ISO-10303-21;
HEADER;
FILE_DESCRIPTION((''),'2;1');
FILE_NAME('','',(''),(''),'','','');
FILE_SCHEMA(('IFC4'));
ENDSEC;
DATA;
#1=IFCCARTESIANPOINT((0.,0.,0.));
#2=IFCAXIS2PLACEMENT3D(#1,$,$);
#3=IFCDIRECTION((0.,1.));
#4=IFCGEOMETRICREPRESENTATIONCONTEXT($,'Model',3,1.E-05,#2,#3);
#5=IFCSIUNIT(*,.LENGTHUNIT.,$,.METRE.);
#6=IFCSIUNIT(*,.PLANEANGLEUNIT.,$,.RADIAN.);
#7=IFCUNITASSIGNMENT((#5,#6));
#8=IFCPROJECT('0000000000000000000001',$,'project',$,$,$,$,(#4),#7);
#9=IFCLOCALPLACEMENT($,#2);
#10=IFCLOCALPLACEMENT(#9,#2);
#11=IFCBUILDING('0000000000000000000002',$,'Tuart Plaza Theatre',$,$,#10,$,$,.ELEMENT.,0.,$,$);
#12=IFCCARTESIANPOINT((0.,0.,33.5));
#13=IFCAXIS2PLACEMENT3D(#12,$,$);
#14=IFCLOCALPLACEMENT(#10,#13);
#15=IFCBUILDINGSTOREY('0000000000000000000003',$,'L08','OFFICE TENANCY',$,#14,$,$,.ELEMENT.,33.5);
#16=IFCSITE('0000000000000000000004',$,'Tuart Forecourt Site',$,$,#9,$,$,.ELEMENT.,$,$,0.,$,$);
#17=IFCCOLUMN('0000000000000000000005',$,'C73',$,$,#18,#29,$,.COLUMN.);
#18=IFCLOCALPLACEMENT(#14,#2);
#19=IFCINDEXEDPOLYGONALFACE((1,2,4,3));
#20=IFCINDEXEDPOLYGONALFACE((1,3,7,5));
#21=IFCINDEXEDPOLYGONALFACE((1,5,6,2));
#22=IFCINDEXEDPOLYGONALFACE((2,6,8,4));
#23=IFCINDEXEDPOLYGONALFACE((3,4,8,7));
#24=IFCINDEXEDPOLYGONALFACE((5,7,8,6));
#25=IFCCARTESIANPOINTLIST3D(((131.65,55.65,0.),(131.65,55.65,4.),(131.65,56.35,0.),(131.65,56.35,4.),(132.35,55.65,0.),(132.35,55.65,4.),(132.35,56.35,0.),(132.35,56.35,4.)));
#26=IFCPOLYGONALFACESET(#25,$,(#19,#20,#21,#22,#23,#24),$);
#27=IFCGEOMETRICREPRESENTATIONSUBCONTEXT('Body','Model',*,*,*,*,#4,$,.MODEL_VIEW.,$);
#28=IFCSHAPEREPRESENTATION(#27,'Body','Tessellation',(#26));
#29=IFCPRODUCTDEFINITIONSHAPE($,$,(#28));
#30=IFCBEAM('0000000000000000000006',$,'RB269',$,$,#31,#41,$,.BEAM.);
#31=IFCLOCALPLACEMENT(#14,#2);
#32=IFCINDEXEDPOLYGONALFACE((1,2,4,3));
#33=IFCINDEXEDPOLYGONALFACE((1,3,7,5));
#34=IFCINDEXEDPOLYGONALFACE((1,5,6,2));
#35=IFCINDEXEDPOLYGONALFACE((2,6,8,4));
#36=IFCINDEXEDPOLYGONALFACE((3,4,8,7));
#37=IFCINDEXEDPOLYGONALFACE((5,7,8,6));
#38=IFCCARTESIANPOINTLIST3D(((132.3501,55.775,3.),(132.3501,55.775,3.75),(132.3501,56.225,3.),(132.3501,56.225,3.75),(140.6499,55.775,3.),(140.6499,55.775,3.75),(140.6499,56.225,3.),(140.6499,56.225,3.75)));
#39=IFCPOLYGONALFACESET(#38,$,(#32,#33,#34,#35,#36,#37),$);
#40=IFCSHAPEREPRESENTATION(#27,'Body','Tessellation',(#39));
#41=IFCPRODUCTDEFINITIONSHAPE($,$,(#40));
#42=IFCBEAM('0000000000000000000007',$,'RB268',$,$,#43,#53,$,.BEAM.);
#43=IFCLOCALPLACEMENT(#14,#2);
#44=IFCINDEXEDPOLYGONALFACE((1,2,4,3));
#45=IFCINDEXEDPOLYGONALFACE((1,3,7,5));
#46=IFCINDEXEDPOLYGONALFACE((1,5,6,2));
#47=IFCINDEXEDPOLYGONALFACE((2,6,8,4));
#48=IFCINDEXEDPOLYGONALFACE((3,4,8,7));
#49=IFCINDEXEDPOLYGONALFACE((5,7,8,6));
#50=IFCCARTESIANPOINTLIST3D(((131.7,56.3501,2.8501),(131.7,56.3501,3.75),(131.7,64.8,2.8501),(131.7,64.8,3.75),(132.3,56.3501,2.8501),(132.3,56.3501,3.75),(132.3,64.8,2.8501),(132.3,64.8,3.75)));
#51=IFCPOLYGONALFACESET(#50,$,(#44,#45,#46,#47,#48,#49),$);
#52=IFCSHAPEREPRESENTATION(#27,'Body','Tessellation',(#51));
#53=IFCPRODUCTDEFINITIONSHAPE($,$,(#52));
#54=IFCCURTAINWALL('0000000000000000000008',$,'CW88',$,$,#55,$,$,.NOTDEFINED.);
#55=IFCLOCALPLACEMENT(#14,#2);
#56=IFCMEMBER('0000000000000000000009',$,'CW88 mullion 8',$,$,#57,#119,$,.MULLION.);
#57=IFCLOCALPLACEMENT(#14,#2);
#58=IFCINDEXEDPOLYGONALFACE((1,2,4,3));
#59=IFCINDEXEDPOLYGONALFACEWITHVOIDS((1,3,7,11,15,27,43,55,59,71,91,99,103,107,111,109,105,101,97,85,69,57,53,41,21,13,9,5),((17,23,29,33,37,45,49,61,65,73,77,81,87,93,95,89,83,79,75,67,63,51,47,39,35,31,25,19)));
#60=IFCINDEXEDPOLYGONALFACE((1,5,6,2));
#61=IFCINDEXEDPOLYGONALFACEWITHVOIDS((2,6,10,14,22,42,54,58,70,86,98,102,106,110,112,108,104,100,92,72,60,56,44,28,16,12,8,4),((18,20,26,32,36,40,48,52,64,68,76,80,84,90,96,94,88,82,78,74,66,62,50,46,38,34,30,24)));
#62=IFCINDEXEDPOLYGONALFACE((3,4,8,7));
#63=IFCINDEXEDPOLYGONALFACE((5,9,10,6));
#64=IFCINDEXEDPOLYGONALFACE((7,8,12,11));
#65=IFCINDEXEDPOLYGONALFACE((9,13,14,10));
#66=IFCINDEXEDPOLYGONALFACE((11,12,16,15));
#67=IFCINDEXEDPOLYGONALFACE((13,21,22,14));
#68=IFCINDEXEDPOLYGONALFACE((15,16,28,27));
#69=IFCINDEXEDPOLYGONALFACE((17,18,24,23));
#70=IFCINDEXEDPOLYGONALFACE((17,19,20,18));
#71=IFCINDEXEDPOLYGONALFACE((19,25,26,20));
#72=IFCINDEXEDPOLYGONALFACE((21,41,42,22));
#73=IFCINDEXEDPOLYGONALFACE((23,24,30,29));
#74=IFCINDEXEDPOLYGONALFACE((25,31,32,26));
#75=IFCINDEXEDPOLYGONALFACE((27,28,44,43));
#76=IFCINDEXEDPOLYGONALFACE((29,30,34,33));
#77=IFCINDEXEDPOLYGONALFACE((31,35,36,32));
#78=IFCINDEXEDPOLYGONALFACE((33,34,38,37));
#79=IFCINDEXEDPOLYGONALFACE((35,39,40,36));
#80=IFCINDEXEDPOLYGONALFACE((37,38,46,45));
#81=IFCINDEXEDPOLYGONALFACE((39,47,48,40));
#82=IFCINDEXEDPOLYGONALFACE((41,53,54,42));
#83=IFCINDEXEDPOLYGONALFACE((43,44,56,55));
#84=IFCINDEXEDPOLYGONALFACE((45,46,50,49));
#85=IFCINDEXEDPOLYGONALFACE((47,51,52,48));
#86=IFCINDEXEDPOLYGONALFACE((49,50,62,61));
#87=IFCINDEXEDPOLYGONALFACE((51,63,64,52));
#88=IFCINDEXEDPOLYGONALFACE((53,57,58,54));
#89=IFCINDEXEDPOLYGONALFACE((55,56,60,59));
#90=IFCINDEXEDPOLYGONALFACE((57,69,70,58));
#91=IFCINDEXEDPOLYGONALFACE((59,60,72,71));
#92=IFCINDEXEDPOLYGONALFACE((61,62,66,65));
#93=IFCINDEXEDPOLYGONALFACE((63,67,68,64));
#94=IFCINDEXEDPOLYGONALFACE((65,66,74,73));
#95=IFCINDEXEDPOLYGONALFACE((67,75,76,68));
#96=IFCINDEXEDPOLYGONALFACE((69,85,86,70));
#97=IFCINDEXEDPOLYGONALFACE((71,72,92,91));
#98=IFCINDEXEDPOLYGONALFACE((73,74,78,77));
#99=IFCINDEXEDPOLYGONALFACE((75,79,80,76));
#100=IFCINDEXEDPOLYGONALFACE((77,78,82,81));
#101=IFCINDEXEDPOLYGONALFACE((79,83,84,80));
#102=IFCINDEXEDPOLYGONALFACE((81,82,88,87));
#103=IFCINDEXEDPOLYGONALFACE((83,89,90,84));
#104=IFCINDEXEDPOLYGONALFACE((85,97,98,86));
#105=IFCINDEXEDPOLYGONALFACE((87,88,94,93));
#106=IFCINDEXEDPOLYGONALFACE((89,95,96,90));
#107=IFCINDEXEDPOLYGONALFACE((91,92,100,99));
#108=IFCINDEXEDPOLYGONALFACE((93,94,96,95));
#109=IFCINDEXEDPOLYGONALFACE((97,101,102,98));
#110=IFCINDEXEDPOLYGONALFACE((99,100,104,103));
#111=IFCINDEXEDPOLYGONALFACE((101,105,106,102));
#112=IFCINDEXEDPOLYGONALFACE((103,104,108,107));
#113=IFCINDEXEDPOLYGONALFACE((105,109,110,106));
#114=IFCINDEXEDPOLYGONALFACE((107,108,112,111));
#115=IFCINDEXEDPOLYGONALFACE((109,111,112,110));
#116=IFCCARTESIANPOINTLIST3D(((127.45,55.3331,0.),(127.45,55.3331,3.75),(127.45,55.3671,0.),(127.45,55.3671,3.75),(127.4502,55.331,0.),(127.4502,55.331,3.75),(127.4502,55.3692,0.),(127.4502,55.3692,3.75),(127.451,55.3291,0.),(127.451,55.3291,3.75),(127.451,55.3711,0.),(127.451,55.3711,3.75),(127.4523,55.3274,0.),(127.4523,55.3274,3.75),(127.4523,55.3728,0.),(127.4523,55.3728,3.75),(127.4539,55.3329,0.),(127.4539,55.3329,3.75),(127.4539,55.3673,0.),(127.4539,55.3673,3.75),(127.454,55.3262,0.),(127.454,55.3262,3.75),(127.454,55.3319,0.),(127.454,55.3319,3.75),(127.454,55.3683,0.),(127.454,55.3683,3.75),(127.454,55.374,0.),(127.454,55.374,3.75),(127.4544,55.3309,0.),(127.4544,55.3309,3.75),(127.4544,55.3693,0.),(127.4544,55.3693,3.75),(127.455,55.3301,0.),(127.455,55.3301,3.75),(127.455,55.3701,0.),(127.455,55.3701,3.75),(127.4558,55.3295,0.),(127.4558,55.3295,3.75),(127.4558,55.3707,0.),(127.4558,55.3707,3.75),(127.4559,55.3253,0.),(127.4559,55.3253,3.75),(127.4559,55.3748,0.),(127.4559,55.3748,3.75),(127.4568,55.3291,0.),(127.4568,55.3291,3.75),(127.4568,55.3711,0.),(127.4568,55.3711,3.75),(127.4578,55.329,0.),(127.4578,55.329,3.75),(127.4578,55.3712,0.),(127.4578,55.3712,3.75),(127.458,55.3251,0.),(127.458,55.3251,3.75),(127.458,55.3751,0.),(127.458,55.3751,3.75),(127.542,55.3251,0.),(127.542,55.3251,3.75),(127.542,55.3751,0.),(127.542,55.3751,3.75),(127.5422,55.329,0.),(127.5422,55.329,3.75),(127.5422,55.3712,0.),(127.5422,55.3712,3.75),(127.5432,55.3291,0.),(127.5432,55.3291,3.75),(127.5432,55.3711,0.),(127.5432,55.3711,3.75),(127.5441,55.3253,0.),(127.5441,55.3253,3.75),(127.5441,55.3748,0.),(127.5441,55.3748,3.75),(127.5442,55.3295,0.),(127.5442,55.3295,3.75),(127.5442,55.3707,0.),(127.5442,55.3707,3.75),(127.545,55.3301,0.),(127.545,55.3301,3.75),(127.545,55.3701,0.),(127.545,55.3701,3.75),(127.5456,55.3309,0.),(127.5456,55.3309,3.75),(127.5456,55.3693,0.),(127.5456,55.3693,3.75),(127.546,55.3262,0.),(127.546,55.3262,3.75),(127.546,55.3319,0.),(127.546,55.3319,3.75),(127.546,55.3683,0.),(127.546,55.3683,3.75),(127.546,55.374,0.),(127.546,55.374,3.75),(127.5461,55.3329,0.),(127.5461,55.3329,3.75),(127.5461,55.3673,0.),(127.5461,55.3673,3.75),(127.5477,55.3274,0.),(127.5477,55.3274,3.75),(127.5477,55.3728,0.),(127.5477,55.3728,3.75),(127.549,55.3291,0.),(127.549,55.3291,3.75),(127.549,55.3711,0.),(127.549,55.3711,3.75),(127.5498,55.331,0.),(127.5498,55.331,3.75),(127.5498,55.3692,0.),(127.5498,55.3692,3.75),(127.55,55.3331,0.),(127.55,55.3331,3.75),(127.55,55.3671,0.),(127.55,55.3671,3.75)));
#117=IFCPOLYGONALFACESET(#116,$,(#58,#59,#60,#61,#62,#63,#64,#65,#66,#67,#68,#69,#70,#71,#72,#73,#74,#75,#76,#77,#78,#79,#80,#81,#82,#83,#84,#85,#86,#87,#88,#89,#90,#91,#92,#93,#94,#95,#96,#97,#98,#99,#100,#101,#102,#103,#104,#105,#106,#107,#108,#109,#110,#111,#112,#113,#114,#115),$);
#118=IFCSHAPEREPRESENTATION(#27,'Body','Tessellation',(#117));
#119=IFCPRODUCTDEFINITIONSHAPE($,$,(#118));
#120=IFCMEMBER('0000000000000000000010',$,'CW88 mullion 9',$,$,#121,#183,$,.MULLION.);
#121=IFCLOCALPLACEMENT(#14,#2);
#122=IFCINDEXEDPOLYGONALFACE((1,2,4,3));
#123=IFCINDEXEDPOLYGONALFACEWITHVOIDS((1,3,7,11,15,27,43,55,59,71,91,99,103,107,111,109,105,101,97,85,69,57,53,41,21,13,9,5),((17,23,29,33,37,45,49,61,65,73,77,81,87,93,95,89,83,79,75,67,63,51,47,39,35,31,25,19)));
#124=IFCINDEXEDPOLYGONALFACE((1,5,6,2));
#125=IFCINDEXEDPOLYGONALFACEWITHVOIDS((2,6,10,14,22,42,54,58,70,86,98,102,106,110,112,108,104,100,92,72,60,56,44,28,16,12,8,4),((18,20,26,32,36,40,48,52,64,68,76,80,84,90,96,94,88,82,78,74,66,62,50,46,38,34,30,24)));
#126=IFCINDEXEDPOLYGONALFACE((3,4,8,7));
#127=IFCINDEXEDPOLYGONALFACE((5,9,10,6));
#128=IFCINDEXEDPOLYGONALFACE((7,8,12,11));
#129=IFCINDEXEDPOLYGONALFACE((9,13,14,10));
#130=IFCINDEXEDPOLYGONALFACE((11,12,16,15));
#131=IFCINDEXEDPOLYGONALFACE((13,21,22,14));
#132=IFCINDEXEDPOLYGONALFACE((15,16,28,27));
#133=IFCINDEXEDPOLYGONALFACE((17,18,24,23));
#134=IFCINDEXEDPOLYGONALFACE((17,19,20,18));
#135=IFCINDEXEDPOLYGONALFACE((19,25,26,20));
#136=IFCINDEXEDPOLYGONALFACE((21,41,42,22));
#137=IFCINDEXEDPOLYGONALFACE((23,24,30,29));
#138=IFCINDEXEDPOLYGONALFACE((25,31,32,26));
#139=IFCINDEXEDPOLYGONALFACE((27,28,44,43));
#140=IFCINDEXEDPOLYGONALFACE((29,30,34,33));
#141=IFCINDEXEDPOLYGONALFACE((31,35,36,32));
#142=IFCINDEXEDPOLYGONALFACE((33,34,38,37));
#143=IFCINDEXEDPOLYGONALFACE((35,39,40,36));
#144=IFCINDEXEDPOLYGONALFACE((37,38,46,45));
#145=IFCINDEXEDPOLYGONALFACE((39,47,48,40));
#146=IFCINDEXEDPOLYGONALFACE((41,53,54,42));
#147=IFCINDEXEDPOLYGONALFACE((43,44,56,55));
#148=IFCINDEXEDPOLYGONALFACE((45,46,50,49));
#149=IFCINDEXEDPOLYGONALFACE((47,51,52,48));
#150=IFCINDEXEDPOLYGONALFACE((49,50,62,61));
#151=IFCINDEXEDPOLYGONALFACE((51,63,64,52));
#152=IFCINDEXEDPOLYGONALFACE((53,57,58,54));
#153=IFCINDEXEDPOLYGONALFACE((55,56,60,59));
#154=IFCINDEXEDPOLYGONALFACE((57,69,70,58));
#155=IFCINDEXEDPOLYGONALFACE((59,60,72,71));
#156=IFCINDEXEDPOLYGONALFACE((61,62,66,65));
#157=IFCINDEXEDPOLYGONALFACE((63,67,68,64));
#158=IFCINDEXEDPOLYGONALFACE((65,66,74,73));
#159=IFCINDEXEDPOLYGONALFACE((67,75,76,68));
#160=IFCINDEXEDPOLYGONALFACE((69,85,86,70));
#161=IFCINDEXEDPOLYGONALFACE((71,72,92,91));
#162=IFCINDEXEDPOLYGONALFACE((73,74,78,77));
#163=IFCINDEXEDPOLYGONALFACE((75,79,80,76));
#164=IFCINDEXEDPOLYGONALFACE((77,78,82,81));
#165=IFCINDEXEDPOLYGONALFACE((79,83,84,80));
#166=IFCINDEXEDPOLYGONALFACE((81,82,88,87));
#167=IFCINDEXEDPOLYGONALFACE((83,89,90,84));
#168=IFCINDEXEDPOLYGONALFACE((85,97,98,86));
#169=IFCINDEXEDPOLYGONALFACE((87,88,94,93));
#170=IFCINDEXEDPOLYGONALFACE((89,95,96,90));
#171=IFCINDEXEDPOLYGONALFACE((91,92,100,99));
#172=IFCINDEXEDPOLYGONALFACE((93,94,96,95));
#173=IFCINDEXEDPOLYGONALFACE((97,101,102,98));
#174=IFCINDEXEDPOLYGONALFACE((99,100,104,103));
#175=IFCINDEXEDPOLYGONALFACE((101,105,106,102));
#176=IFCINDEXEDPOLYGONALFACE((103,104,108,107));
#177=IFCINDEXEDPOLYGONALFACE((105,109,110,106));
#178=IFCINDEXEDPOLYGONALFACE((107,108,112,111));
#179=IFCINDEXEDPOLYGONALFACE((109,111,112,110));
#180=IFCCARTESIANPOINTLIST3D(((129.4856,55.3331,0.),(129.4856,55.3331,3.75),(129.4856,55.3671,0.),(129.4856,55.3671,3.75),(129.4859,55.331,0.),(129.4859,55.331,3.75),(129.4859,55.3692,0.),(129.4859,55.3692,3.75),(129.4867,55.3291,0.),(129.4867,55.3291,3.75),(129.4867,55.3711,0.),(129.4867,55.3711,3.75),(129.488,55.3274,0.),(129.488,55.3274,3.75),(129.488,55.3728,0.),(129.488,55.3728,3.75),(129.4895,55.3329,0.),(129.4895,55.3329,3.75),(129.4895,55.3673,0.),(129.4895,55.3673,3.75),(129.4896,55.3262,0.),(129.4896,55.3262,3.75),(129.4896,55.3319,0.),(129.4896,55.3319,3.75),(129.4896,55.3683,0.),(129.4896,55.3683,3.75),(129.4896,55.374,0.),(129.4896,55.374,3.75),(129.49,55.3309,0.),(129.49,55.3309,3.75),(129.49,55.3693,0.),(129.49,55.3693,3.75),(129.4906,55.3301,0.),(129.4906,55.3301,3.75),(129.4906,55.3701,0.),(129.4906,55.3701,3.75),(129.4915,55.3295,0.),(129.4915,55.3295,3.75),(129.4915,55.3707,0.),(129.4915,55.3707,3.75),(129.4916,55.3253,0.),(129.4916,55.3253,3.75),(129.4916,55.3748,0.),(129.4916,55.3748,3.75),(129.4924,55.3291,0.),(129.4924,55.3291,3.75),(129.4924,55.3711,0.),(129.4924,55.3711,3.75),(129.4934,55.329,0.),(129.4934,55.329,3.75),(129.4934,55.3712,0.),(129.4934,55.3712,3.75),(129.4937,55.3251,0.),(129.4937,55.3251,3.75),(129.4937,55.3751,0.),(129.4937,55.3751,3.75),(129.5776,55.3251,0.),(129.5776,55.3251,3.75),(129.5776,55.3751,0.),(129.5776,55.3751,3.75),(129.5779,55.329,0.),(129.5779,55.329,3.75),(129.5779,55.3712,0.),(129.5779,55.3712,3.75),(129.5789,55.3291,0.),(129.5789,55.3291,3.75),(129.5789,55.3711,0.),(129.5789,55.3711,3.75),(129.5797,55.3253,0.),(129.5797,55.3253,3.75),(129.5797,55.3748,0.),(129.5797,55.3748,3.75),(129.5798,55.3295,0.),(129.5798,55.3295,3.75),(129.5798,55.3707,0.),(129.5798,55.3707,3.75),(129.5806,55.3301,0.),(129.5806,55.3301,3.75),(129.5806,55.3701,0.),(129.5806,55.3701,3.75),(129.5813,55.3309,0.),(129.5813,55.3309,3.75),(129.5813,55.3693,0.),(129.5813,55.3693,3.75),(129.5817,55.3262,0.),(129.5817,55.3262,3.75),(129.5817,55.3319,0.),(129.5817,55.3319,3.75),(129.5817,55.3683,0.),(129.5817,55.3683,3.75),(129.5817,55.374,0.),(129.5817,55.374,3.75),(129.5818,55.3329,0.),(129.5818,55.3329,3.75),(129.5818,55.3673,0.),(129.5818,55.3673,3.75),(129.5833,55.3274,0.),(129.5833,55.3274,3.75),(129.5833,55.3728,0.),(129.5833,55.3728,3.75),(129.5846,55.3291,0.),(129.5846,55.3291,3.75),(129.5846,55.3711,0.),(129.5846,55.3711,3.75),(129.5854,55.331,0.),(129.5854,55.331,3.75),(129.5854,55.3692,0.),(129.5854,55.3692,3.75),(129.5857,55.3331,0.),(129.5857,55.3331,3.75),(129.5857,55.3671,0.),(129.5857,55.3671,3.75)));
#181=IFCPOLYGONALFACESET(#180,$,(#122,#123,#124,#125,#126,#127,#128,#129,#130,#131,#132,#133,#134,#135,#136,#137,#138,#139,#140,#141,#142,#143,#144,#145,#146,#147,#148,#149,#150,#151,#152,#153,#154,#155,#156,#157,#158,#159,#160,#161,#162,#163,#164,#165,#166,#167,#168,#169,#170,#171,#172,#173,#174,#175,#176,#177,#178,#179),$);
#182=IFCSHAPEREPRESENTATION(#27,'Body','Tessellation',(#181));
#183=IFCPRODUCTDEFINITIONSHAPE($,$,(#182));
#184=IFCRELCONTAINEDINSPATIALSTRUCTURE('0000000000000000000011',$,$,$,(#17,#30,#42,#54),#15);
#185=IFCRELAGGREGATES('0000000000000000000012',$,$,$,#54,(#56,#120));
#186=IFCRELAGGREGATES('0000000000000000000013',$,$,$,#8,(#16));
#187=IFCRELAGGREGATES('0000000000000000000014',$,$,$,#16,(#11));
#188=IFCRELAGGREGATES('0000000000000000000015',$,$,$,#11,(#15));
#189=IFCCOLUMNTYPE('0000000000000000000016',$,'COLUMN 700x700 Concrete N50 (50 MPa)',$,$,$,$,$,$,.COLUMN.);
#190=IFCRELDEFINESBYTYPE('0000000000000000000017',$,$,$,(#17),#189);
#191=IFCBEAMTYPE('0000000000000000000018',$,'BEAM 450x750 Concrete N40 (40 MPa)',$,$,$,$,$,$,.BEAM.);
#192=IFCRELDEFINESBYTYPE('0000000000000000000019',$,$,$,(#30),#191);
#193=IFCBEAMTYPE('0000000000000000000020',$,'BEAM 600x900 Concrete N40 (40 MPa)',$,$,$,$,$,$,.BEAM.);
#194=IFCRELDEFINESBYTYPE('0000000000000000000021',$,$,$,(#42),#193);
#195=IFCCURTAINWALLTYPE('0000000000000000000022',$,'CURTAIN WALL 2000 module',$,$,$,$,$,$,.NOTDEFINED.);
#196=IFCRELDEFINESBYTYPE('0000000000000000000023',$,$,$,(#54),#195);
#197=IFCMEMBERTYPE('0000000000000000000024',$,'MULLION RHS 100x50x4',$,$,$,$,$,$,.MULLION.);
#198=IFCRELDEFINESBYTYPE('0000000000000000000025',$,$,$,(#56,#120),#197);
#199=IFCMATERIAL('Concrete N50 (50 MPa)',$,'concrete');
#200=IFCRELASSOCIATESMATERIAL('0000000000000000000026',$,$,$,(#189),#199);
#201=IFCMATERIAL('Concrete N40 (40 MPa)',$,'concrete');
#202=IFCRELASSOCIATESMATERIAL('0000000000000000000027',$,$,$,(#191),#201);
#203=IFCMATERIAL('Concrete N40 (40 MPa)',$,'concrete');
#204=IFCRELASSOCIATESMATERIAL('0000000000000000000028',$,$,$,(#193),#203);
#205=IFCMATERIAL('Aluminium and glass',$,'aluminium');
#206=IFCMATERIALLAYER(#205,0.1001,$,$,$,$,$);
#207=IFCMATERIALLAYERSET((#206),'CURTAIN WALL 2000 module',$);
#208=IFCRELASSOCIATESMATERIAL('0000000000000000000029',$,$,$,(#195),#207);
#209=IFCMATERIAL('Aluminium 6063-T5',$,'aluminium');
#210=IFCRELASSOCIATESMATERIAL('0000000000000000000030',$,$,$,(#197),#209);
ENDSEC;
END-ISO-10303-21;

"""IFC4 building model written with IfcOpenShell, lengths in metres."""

from ifc_helpers import new_model, si_unit, direction, frame, origin, origin_2d, place, context, subcontext, project, spatial, rectangle, hollow_rectangle, extrude, material, layer, layer_set, material_profile, profile_set, type_object, element, aggregate, save


model = new_model("IFC4")

# Units and contexts
model_context = context("Model", 3, precision=1e-05, world=origin(), true_north=direction((0.0, 1.0)))
body_context = subcontext(model_context, "Body", "Model", "MODEL_VIEW")
ifc_project = project(units=[si_unit("LENGTHUNIT", "METRE"), si_unit("PLANEANGLEUNIT", "RADIAN")], contexts=[model_context])

# Site, building, storey
site_placement = place(None, origin())
site = spatial("IfcSite", under=ifc_project, at=site_placement, Name="Tuart Forecourt Site", CompositionType="ELEMENT", RefElevation=0.0)
building_placement = place(site_placement, origin())
building = spatial("IfcBuilding", under=site, at=building_placement, Name="Tuart Plaza Theatre", CompositionType="ELEMENT", ElevationOfRefHeight=0.0)
storey_placement = place(building_placement, frame((0.0, 0.0, 33.5)))
storey = spatial("IfcBuildingStorey", under=building, at=storey_placement, Name="L08", Description="OFFICE TENANCY", CompositionType="ELEMENT", Elevation=33.5)

# Column
ifc_material_1 = material(Name="Concrete N50 (50 MPa)", Category="concrete")
ifc_material_profile_1 = material_profile(ifc_material_1, rectangle(XDim=0.7, YDim=0.7, at=origin_2d()), Name="COLUMN 700x700 Concrete N50 (50 MPa)")
ifc_profile_set_1 = profile_set([ifc_material_profile_1], Name="Concrete N50 (50 MPa)")
column_type = type_object("IfcColumnType", Name="COLUMN 700x700 Concrete N50 (50 MPa)", PredefinedType="COLUMN", material=ifc_profile_set_1)
column_placement = place(storey_placement, frame((132.0, 56.0, 0.0), z_axis=(0.0, 0.0, 1.0), x_axis=(1.0, 0.0, 0.0)))
element("IfcColumn", 1, at=column_placement, inside=storey, type_object=column_type, Name="C73", PredefinedType="COLUMN", context=body_context, shape_type="SweptSolid", body=[
    extrude(rectangle(XDim=0.7, YDim=0.7, at=origin_2d()), origin(), (0.0, 0.0, 1.0), 4.0),
])

# Beams
ifc_material_2 = material(Name="Concrete N40 (40 MPa)", Category="concrete")
ifc_material_profile_2 = material_profile(ifc_material_2, rectangle(XDim=0.45, YDim=0.75, at=origin_2d()), Name="BEAM 450x750 Concrete N40 (40 MPa)")
ifc_profile_set_2 = profile_set([ifc_material_profile_2], Name="Concrete N40 (40 MPa)")
beam_type_1 = type_object("IfcBeamType", Name="BEAM 450x750 Concrete N40 (40 MPa)", PredefinedType="BEAM", material=ifc_profile_set_2)
beam_1_placement = place(storey_placement, frame((132.3501, 56.0, 3.375), z_axis=(1.0, 0.0, 0.0), x_axis=(0.0, 1.0, 0.0)))
element("IfcBeam", 2, at=beam_1_placement, inside=storey, type_object=beam_type_1, Name="RB269", PredefinedType="BEAM", context=body_context, shape_type="SweptSolid", body=[
    extrude(rectangle(XDim=0.45, YDim=0.75, at=origin_2d()), origin(), (0.0, 0.0, 1.0), 8.2998),
])
ifc_material_3 = material(Name="Concrete N40 (40 MPa)", Category="concrete")
ifc_material_profile_3 = material_profile(ifc_material_3, rectangle(XDim=0.6001, YDim=0.8999, at=origin_2d()), Name="BEAM 600x900 Concrete N40 (40 MPa)")
ifc_profile_set_3 = profile_set([ifc_material_profile_3], Name="Concrete N40 (40 MPa)")
beam_type_2 = type_object("IfcBeamType", Name="BEAM 600x900 Concrete N40 (40 MPa)", PredefinedType="BEAM", material=ifc_profile_set_3)
beam_2_placement = place(storey_placement, frame((132.0, 56.3501, 3.3), z_axis=(0.0, 1.0, 0.0), x_axis=(-1.0, 0.0, 0.0)))
element("IfcBeam", 3, at=beam_2_placement, inside=storey, type_object=beam_type_2, Name="RB268", PredefinedType="BEAM", context=body_context, shape_type="SweptSolid", body=[
    extrude(rectangle(XDim=0.6001, YDim=0.8999, at=origin_2d()), origin(), (0.0, 0.0, 1.0), 8.45),
])

# Curtain wall, members
ifc_material_4 = material(Name="Aluminium and glass", Category="aluminium")
ifc_layer_1 = layer(ifc_material_4, 0.1001)
ifc_layer_set_1 = layer_set([ifc_layer_1], Name="CURTAIN WALL 2000 module")
curtain_wall_type = type_object("IfcCurtainWallType", Name="CURTAIN WALL 2000 module", PredefinedType="NOTDEFINED", material=ifc_layer_set_1)
curtain_wall_placement = place(storey_placement, origin())
curtain_wall = element("IfcCurtainWall", 4, at=curtain_wall_placement, inside=storey, type_object=curtain_wall_type, Name="CW88", PredefinedType="NOTDEFINED")
ifc_material_5 = material(Name="Aluminium 6063-T5", Category="aluminium")
ifc_material_profile_4 = material_profile(ifc_material_5, hollow_rectangle(XDim=0.05, YDim=0.1001, WallThickness=0.0039, InnerFilletRadius=0.0039, OuterFilletRadius=0.0081, at=origin_2d()), Name="RHS 100x50x4")
ifc_profile_set_4 = profile_set([ifc_material_profile_4], Name="Aluminium 6063-T5")
member_type_1 = type_object("IfcMemberType", Name="MULLION RHS 100x50x4", PredefinedType="MULLION", material=ifc_profile_set_4)
member_1_placement = place(storey_placement, frame((127.5, 55.3501, 0.0), z_axis=(0.0, 0.0, 1.0), x_axis=(0.0, 1.0, 0.0)))
member_1 = element("IfcMember", 5, at=member_1_placement, type_object=member_type_1, Name="CW88 mullion 8", PredefinedType="MULLION", context=body_context, shape_type="SweptSolid", body=[
    extrude(hollow_rectangle(XDim=0.05, YDim=0.1001, WallThickness=0.0039, InnerFilletRadius=0.0039, OuterFilletRadius=0.0081, at=origin_2d()), origin(), (0.0, 0.0, 1.0), 3.75),
])
member_2_placement = place(storey_placement, frame((129.5356, 55.3501, 0.0), z_axis=(0.0, 0.0, 1.0), x_axis=(0.0, 1.0, 0.0)))
member_2 = element("IfcMember", 6, at=member_2_placement, type_object=member_type_1, Name="CW88 mullion 9", PredefinedType="MULLION", context=body_context, shape_type="SweptSolid", body=[
    extrude(hollow_rectangle(XDim=0.05, YDim=0.1001, WallThickness=0.0039, InnerFilletRadius=0.0039, OuterFilletRadius=0.0081, at=origin_2d()), origin(), (0.0, 0.0, 1.0), 3.75),
])
aggregate(curtain_wall, [member_1, member_2])

save(model, "model.ifc")
